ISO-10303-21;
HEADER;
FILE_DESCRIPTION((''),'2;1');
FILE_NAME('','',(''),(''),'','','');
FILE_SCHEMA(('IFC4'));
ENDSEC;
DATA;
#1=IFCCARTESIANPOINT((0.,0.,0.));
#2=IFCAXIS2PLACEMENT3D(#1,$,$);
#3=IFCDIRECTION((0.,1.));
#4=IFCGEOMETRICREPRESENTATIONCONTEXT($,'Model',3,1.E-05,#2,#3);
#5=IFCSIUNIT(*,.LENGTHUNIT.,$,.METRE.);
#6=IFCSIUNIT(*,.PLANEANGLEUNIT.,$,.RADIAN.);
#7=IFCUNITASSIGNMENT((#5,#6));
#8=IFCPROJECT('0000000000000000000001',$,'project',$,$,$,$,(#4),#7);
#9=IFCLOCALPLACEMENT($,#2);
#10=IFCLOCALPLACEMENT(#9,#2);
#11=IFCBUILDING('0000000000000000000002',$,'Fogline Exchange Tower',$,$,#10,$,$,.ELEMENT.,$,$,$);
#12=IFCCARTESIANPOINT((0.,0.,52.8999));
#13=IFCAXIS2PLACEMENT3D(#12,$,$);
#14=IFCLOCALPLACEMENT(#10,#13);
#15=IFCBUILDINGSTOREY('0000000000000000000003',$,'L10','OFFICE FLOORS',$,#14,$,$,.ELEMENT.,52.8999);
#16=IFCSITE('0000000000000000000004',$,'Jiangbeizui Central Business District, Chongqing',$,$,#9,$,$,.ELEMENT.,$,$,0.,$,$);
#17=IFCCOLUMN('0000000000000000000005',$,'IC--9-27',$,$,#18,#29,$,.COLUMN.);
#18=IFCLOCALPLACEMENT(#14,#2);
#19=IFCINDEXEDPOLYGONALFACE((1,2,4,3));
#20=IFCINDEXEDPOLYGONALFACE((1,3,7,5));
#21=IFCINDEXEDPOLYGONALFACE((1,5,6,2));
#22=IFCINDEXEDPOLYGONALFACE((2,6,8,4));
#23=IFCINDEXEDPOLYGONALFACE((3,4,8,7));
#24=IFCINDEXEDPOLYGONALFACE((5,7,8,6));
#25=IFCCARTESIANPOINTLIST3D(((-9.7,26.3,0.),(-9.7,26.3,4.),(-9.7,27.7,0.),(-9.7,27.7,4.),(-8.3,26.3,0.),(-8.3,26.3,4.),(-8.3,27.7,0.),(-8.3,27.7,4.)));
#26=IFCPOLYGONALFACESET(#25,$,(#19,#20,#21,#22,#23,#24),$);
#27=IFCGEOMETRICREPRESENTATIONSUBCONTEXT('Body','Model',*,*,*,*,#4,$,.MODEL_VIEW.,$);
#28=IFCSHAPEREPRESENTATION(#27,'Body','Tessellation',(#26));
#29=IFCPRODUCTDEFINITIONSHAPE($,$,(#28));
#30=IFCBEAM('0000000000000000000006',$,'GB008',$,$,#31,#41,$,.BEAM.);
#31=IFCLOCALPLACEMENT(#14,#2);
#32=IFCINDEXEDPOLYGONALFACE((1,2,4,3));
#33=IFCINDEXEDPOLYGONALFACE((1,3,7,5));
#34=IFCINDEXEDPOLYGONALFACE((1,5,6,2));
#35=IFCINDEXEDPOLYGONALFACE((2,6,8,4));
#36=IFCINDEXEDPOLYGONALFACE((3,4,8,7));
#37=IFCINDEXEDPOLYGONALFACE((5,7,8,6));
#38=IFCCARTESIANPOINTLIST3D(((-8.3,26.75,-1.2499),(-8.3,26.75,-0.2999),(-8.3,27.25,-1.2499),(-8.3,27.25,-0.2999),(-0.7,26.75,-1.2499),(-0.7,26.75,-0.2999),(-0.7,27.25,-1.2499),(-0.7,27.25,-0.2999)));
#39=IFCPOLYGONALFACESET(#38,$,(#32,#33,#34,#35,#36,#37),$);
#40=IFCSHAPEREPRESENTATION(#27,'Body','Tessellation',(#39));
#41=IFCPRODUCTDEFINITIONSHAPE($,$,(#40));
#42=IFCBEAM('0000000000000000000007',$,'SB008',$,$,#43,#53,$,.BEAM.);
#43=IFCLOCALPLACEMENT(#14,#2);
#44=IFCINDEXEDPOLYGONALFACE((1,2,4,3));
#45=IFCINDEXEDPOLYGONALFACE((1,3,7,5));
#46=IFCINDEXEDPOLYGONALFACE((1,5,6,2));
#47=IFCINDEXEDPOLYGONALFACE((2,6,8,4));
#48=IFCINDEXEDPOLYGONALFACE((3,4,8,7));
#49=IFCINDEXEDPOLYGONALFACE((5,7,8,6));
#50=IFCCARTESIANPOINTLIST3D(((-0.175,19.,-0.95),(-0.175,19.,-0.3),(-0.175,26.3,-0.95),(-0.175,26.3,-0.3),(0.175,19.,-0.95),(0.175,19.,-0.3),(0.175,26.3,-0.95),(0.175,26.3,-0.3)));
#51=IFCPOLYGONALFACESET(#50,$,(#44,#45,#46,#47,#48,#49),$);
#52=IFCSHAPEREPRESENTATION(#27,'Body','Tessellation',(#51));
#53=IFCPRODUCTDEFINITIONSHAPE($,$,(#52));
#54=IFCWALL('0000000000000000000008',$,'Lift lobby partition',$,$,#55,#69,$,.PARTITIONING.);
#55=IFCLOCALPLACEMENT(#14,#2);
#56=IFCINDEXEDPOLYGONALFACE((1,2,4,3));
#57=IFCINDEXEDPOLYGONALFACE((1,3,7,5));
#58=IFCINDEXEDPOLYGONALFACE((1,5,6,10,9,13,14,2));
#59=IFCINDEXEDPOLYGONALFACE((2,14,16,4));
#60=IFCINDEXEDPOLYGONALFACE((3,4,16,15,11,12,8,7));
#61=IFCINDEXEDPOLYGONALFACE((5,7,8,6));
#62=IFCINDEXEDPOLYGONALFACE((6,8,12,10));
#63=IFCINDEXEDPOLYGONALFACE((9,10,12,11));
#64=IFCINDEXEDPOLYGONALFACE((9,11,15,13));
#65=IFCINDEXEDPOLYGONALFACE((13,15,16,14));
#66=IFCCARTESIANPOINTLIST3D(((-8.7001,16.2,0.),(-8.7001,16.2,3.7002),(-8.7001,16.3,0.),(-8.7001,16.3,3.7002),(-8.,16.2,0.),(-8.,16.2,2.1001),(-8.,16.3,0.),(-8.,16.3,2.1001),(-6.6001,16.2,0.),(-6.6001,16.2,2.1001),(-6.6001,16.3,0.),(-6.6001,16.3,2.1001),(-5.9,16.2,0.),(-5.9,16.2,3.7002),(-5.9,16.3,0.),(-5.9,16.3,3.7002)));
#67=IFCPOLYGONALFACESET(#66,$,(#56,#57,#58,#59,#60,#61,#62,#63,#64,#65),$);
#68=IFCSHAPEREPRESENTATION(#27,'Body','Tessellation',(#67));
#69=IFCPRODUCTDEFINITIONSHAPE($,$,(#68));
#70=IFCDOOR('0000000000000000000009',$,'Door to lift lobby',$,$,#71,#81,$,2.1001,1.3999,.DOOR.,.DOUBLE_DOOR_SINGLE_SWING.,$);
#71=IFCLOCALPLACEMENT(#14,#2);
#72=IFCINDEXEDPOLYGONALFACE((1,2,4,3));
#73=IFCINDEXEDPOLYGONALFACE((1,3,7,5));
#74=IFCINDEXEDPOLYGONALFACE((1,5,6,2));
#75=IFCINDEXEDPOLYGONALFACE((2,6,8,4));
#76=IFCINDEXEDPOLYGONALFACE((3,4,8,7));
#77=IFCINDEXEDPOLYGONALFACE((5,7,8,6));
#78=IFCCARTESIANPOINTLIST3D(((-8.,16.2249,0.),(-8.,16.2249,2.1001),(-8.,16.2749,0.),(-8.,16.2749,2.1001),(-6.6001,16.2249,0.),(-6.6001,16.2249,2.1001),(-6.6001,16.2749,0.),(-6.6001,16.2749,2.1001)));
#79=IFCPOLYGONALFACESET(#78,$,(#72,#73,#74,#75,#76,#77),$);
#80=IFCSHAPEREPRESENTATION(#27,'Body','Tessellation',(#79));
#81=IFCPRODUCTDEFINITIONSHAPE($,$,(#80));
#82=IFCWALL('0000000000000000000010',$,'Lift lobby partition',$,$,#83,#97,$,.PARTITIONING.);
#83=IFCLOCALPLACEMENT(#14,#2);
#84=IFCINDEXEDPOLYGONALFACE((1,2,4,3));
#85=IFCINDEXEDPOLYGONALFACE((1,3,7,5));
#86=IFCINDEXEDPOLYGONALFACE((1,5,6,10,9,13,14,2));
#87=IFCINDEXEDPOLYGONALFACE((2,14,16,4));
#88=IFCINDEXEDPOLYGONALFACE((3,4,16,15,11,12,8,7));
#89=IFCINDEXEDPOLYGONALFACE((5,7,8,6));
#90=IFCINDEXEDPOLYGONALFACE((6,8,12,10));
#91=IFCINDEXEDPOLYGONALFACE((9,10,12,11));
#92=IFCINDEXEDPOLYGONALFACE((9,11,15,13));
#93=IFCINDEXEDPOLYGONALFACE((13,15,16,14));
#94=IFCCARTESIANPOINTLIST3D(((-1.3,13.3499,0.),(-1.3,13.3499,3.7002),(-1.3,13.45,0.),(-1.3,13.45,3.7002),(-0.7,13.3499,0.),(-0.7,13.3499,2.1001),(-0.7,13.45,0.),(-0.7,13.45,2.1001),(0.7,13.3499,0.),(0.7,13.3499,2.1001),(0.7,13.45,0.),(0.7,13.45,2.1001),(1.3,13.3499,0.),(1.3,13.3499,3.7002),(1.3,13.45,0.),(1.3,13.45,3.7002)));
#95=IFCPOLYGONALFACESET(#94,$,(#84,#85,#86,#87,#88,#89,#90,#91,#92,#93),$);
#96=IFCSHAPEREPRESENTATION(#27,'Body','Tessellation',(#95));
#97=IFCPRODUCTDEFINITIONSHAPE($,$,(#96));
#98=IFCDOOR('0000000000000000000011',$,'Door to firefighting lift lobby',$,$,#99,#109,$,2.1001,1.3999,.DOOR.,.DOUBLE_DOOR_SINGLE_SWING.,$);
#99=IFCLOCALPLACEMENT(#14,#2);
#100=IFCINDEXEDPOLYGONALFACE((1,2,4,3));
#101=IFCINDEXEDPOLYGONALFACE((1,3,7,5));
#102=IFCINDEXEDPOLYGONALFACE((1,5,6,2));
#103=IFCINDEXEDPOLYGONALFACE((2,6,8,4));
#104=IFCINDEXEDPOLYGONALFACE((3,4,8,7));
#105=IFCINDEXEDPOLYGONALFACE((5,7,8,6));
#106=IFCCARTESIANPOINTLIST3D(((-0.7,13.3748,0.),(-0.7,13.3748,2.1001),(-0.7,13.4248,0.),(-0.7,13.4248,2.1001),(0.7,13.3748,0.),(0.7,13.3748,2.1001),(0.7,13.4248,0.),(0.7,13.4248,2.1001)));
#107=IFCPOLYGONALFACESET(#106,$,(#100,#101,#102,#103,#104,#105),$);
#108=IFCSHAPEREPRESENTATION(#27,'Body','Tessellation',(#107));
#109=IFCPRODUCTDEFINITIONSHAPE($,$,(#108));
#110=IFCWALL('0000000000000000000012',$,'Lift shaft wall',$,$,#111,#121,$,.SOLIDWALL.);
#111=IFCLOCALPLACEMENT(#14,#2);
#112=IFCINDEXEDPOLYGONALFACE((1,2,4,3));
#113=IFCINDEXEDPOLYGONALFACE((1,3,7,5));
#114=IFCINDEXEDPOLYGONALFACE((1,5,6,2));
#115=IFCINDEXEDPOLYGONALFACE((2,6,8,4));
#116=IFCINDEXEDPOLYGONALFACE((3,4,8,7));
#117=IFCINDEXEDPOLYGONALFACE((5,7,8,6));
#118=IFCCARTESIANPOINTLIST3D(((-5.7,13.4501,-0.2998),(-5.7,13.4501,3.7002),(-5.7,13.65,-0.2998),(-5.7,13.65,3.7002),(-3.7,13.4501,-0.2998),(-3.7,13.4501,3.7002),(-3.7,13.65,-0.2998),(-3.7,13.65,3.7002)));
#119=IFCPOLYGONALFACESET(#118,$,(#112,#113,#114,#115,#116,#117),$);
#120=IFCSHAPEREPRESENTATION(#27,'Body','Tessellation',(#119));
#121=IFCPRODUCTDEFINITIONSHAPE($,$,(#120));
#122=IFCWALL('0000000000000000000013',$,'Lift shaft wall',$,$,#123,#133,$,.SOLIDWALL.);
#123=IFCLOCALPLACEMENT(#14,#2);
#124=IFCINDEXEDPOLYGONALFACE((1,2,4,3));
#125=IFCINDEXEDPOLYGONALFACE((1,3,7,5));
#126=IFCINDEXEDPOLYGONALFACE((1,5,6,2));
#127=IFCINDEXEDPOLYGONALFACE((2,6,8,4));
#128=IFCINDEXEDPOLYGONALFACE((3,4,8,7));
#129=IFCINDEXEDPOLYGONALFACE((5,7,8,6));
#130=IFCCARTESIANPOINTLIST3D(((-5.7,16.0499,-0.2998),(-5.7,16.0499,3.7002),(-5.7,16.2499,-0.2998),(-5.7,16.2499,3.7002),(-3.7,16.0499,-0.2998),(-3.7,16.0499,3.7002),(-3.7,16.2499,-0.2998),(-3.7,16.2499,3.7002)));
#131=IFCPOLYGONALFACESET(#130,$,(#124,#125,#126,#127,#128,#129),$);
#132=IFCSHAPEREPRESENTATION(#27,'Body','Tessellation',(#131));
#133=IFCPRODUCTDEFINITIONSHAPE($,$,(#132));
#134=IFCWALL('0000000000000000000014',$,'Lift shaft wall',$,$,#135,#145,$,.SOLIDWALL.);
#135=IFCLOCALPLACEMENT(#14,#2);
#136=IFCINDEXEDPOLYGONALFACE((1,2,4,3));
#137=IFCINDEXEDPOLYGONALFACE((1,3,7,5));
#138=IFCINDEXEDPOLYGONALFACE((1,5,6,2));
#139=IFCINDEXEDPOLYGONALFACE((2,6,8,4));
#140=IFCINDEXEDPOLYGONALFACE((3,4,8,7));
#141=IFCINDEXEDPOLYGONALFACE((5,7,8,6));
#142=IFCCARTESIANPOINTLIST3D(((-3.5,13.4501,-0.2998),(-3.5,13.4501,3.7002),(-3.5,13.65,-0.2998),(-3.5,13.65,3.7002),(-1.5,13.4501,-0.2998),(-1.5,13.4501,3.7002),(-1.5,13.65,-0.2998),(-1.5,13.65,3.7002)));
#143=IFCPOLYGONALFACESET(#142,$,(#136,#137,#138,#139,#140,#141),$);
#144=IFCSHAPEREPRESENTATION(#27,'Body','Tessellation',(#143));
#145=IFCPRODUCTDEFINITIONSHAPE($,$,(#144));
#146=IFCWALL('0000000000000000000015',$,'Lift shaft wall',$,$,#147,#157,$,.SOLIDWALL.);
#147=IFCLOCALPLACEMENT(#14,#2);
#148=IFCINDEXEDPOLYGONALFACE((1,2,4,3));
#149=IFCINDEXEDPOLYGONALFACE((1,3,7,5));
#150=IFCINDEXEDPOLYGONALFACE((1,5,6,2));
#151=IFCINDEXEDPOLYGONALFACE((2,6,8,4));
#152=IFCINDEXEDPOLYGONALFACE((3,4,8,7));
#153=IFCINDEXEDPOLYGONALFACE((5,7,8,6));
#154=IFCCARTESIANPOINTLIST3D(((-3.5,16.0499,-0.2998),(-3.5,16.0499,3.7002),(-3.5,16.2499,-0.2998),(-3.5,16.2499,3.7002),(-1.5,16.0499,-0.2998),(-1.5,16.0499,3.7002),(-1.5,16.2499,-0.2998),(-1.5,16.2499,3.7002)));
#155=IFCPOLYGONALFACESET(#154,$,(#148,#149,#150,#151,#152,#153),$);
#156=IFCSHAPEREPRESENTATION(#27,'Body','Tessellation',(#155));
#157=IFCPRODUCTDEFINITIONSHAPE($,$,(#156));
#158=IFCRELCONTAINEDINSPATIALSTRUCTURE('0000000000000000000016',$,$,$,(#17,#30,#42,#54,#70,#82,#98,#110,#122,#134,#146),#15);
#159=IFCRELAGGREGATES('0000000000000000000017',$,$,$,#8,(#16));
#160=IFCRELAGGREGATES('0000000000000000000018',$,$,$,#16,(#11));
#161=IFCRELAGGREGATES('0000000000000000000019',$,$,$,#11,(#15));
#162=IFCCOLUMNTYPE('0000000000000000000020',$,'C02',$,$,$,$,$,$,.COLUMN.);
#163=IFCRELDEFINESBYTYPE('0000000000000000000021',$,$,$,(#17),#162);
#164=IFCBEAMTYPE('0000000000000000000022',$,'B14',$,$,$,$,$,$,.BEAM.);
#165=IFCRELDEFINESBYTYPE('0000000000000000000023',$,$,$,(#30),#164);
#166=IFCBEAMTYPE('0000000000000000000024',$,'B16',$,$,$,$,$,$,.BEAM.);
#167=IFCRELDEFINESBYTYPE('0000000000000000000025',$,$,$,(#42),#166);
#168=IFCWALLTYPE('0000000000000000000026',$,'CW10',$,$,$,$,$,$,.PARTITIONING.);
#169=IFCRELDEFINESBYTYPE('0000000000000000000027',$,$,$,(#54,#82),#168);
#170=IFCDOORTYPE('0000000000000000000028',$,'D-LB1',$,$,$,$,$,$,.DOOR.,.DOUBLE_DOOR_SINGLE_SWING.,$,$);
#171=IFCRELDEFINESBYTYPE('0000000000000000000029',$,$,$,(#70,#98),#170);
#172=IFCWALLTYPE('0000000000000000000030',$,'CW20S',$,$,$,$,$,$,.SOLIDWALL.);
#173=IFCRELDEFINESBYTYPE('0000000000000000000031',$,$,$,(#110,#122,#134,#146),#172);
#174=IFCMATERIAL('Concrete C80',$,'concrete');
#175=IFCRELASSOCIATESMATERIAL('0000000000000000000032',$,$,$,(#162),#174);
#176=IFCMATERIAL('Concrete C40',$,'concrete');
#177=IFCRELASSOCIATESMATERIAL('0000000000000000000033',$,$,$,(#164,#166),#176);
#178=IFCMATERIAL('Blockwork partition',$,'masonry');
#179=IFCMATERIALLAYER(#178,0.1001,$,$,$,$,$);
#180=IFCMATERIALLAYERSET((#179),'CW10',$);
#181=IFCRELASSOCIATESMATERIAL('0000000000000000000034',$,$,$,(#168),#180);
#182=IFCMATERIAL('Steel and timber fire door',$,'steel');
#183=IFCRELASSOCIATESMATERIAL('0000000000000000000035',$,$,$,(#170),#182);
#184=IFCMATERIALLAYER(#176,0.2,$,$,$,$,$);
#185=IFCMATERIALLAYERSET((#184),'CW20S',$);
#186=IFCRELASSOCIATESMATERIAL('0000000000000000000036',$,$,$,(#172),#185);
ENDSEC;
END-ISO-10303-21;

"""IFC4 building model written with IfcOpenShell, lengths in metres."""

from ifc_helpers import new_model, si_unit, direction, frame, frame_2d, origin, origin_2d, place, context, subcontext, project, spatial, rectangle, extrude, material, layer, layer_set, material_profile, profile_set, type_object, element, fill, save


model = new_model("IFC4")

# Units and contexts
model_context = context("Model", 3, precision=1e-05, world=origin(), true_north=direction((0.0, 1.0)))
body_context = subcontext(model_context, "Body", "Model", "MODEL_VIEW")
ifc_project = project(units=[si_unit("LENGTHUNIT", "METRE"), si_unit("PLANEANGLEUNIT", "RADIAN")], contexts=[model_context])

# Site, building, storey
site_placement = place(None, origin())
site = spatial("IfcSite", under=ifc_project, at=site_placement, Name="Jiangbeizui Central Business District, Chongqing", CompositionType="ELEMENT", RefElevation=0.0)
building_placement = place(site_placement, origin())
building = spatial("IfcBuilding", under=site, at=building_placement, Name="Fogline Exchange Tower", CompositionType="ELEMENT")
storey_placement = place(building_placement, frame((0.0, 0.0, 52.8999)))
storey = spatial("IfcBuildingStorey", under=building, at=storey_placement, Name="L10", Description="OFFICE FLOORS", CompositionType="ELEMENT", Elevation=52.8999)

# Column
ifc_material_1 = material(Name="Concrete C80", Category="concrete")
ifc_material_profile_1 = material_profile(ifc_material_1, rectangle(XDim=1.3999, YDim=1.3999, at=origin_2d()), Name="RC 1400x1400")
ifc_profile_set_1 = profile_set([ifc_material_profile_1], Name="Concrete C80")
column_type = type_object("IfcColumnType", Name="C02", PredefinedType="COLUMN", material=ifc_profile_set_1)
column_placement = place(storey_placement, frame((-9.0, 27.0, 0.0), z_axis=(0.0, 0.0, 1.0), x_axis=(1.0, 0.0, 0.0)))
element("IfcColumn", 1, at=column_placement, inside=storey, type_object=column_type, Name="IC--9-27", PredefinedType="COLUMN", context=body_context, shape_type="SweptSolid", body=[
    extrude(rectangle(XDim=1.3999, YDim=1.3999, at=origin_2d()), origin(), (0.0, 0.0, 1.0), 4.0),
])

# Beams
ifc_material_2 = material(Name="Concrete C40", Category="concrete")
ifc_material_profile_2 = material_profile(ifc_material_2, rectangle(XDim=0.5, YDim=0.95, at=origin_2d()), Name="RC 500x950")
ifc_profile_set_2 = profile_set([ifc_material_profile_2], Name="Concrete C40")
beam_type_1 = type_object("IfcBeamType", Name="B14", PredefinedType="BEAM", material=ifc_profile_set_2)
beam_1_placement = place(storey_placement, frame((-8.3, 27.0, -0.7749), z_axis=(1.0, 0.0, 0.0), x_axis=(0.0, 1.0, 0.0)))
element("IfcBeam", 2, at=beam_1_placement, inside=storey, type_object=beam_type_1, Name="GB008", PredefinedType="BEAM", context=body_context, shape_type="SweptSolid", body=[
    extrude(rectangle(XDim=0.5, YDim=0.95, at=origin_2d()), origin(), (0.0, 0.0, 1.0), 7.6001),
])
ifc_material_profile_3 = material_profile(ifc_material_2, rectangle(XDim=0.3501, YDim=0.6499, at=origin_2d()), Name="RC 350x650")
ifc_profile_set_3 = profile_set([ifc_material_profile_3], Name="Concrete C40")
beam_type_2 = type_object("IfcBeamType", Name="B16", PredefinedType="BEAM", material=ifc_profile_set_3)
beam_2_placement = place(storey_placement, frame((0.0, 19.0, -0.625), z_axis=(0.0, 1.0, 0.0), x_axis=(-1.0, 0.0, 0.0)))
element("IfcBeam", 3, at=beam_2_placement, inside=storey, type_object=beam_type_2, Name="SB008", PredefinedType="BEAM", context=body_context, shape_type="SweptSolid", body=[
    extrude(rectangle(XDim=0.3501, YDim=0.6499, at=origin_2d()), origin(), (0.0, 0.0, 1.0), 7.3),
])

# Walls, openings, doors
ifc_material_3 = material(Name="Blockwork partition", Category="masonry")
ifc_layer_1 = layer(ifc_material_3, 0.1001)
ifc_layer_set_1 = layer_set([ifc_layer_1], Name="CW10")
wall_type_1 = type_object("IfcWallType", Name="CW10", PredefinedType="PARTITIONING", material=ifc_layer_set_1)
wall_1_placement = place(storey_placement, frame((-8.7, 16.25, 0.0), z_axis=(0.0, 0.0, 1.0), x_axis=(1.0, 0.0, 0.0)))
wall_1 = element("IfcWall", 4, at=wall_1_placement, inside=storey, type_object=wall_type_1, Name="Lift lobby partition", PredefinedType="PARTITIONING", context=body_context, shape_type="SweptSolid", body=[
    extrude(rectangle(XDim=2.8, YDim=0.1001, at=frame_2d((1.3999, 0.0))), origin(), (0.0, 0.0, 1.0), 3.7002),
])
opening_1_placement = place(wall_1_placement, frame((0.7, 0.0, 0.0)))
opening_1 = element("IfcOpeningElement", 5, at=opening_1_placement, cuts=wall_1, PredefinedType="OPENING", context=body_context, shape_type="SweptSolid", body=[
    extrude(rectangle(XDim=1.3999, YDim=2.1001, at=frame_2d((0.7, 1.05))), frame((0.0, 0.0601, 0.0), z_axis=(0.0, -1.0, 0.0), x_axis=(1.0, 0.0, 0.0)), (0.0, 0.0, 1.0), 0.1201),
])
ifc_material_4 = material(Name="Steel and timber fire door", Category="steel")
door_type_1 = type_object("IfcDoorType", Name="D-LB1", OperationType="DOUBLE_DOOR_SINGLE_SWING", PredefinedType="DOOR", material=ifc_material_4)
door_1_placement = place(opening_1_placement, origin())
door_1 = element("IfcDoor", 6, at=door_1_placement, inside=storey, type_object=door_type_1, Name="Door to lift lobby", OperationType="DOUBLE_DOOR_SINGLE_SWING", OverallHeight=2.1001, OverallWidth=1.3999, PredefinedType="DOOR", context=body_context, shape_type="SweptSolid", body=[
    extrude(rectangle(XDim=1.3999, YDim=2.1001, at=frame_2d((0.7, 1.05))), frame((0.0, 0.0249, 0.0), z_axis=(0.0, -1.0, 0.0), x_axis=(1.0, 0.0, 0.0)), (0.0, 0.0, 1.0), 0.05),
])
fill(opening_1, door_1)
wall_2_placement = place(storey_placement, frame((-1.3, 13.3999, 0.0), z_axis=(0.0, 0.0, 1.0), x_axis=(1.0, 0.0, 0.0)))
wall_2 = element("IfcWall", 7, at=wall_2_placement, inside=storey, type_object=wall_type_1, Name="Lift lobby partition", PredefinedType="PARTITIONING", context=body_context, shape_type="SweptSolid", body=[
    extrude(rectangle(XDim=2.6001, YDim=0.1001, at=frame_2d((1.3, 0.0))), origin(), (0.0, 0.0, 1.0), 3.7002),
])
opening_2_placement = place(wall_2_placement, frame((0.6001, 0.0, 0.0)))
opening_2 = element("IfcOpeningElement", 8, at=opening_2_placement, cuts=wall_2, PredefinedType="OPENING", context=body_context, shape_type="SweptSolid", body=[
    extrude(rectangle(XDim=1.3999, YDim=2.1001, at=frame_2d((0.7, 1.05))), frame((0.0, 0.0601, 0.0), z_axis=(0.0, -1.0, 0.0), x_axis=(1.0, 0.0, 0.0)), (0.0, 0.0, 1.0), 0.1201),
])
door_2_placement = place(opening_2_placement, origin())
door_2 = element("IfcDoor", 9, at=door_2_placement, inside=storey, type_object=door_type_1, Name="Door to firefighting lift lobby", OperationType="DOUBLE_DOOR_SINGLE_SWING", OverallHeight=2.1001, OverallWidth=1.3999, PredefinedType="DOOR", context=body_context, shape_type="SweptSolid", body=[
    extrude(rectangle(XDim=1.3999, YDim=2.1001, at=frame_2d((0.7, 1.05))), frame((0.0, 0.0249, 0.0), z_axis=(0.0, -1.0, 0.0), x_axis=(1.0, 0.0, 0.0)), (0.0, 0.0, 1.0), 0.05),
])
fill(opening_2, door_2)

# Walls
ifc_layer_2 = layer(ifc_material_2, 0.2)
ifc_layer_set_2 = layer_set([ifc_layer_2], Name="CW20S")
wall_type_2 = type_object("IfcWallType", Name="CW20S", PredefinedType="SOLIDWALL", material=ifc_layer_set_2)
for number, where, z_axis, x_axis, name in (
    (10, (-5.7, 13.55, -0.2998), (0.0, 0.0, 1.0), (1.0, 0.0, 0.0), "Lift shaft wall"),
    (11, (-5.7, 16.1499, -0.2998), (0.0, 0.0, 1.0), (1.0, 0.0, 0.0), "Lift shaft wall"),
    (12, (-3.5, 13.55, -0.2998), (0.0, 0.0, 1.0), (1.0, 0.0, 0.0), "Lift shaft wall"),
    (13, (-3.5, 16.1499, -0.2998), (0.0, 0.0, 1.0), (1.0, 0.0, 0.0), "Lift shaft wall"),
):
    element("IfcWall", number, at=place(storey_placement, frame(where, z_axis=z_axis, x_axis=x_axis)), inside=storey, type_object=wall_type_2, Name=name, PredefinedType="SOLIDWALL", context=body_context, shape_type="SweptSolid", body=[
        extrude(rectangle(XDim=2.0, YDim=0.2, at=frame_2d((1.0, 0.0))), origin(), (0.0, 0.0, 1.0), 4.0),
    ])

save(model, "model.ifc")
